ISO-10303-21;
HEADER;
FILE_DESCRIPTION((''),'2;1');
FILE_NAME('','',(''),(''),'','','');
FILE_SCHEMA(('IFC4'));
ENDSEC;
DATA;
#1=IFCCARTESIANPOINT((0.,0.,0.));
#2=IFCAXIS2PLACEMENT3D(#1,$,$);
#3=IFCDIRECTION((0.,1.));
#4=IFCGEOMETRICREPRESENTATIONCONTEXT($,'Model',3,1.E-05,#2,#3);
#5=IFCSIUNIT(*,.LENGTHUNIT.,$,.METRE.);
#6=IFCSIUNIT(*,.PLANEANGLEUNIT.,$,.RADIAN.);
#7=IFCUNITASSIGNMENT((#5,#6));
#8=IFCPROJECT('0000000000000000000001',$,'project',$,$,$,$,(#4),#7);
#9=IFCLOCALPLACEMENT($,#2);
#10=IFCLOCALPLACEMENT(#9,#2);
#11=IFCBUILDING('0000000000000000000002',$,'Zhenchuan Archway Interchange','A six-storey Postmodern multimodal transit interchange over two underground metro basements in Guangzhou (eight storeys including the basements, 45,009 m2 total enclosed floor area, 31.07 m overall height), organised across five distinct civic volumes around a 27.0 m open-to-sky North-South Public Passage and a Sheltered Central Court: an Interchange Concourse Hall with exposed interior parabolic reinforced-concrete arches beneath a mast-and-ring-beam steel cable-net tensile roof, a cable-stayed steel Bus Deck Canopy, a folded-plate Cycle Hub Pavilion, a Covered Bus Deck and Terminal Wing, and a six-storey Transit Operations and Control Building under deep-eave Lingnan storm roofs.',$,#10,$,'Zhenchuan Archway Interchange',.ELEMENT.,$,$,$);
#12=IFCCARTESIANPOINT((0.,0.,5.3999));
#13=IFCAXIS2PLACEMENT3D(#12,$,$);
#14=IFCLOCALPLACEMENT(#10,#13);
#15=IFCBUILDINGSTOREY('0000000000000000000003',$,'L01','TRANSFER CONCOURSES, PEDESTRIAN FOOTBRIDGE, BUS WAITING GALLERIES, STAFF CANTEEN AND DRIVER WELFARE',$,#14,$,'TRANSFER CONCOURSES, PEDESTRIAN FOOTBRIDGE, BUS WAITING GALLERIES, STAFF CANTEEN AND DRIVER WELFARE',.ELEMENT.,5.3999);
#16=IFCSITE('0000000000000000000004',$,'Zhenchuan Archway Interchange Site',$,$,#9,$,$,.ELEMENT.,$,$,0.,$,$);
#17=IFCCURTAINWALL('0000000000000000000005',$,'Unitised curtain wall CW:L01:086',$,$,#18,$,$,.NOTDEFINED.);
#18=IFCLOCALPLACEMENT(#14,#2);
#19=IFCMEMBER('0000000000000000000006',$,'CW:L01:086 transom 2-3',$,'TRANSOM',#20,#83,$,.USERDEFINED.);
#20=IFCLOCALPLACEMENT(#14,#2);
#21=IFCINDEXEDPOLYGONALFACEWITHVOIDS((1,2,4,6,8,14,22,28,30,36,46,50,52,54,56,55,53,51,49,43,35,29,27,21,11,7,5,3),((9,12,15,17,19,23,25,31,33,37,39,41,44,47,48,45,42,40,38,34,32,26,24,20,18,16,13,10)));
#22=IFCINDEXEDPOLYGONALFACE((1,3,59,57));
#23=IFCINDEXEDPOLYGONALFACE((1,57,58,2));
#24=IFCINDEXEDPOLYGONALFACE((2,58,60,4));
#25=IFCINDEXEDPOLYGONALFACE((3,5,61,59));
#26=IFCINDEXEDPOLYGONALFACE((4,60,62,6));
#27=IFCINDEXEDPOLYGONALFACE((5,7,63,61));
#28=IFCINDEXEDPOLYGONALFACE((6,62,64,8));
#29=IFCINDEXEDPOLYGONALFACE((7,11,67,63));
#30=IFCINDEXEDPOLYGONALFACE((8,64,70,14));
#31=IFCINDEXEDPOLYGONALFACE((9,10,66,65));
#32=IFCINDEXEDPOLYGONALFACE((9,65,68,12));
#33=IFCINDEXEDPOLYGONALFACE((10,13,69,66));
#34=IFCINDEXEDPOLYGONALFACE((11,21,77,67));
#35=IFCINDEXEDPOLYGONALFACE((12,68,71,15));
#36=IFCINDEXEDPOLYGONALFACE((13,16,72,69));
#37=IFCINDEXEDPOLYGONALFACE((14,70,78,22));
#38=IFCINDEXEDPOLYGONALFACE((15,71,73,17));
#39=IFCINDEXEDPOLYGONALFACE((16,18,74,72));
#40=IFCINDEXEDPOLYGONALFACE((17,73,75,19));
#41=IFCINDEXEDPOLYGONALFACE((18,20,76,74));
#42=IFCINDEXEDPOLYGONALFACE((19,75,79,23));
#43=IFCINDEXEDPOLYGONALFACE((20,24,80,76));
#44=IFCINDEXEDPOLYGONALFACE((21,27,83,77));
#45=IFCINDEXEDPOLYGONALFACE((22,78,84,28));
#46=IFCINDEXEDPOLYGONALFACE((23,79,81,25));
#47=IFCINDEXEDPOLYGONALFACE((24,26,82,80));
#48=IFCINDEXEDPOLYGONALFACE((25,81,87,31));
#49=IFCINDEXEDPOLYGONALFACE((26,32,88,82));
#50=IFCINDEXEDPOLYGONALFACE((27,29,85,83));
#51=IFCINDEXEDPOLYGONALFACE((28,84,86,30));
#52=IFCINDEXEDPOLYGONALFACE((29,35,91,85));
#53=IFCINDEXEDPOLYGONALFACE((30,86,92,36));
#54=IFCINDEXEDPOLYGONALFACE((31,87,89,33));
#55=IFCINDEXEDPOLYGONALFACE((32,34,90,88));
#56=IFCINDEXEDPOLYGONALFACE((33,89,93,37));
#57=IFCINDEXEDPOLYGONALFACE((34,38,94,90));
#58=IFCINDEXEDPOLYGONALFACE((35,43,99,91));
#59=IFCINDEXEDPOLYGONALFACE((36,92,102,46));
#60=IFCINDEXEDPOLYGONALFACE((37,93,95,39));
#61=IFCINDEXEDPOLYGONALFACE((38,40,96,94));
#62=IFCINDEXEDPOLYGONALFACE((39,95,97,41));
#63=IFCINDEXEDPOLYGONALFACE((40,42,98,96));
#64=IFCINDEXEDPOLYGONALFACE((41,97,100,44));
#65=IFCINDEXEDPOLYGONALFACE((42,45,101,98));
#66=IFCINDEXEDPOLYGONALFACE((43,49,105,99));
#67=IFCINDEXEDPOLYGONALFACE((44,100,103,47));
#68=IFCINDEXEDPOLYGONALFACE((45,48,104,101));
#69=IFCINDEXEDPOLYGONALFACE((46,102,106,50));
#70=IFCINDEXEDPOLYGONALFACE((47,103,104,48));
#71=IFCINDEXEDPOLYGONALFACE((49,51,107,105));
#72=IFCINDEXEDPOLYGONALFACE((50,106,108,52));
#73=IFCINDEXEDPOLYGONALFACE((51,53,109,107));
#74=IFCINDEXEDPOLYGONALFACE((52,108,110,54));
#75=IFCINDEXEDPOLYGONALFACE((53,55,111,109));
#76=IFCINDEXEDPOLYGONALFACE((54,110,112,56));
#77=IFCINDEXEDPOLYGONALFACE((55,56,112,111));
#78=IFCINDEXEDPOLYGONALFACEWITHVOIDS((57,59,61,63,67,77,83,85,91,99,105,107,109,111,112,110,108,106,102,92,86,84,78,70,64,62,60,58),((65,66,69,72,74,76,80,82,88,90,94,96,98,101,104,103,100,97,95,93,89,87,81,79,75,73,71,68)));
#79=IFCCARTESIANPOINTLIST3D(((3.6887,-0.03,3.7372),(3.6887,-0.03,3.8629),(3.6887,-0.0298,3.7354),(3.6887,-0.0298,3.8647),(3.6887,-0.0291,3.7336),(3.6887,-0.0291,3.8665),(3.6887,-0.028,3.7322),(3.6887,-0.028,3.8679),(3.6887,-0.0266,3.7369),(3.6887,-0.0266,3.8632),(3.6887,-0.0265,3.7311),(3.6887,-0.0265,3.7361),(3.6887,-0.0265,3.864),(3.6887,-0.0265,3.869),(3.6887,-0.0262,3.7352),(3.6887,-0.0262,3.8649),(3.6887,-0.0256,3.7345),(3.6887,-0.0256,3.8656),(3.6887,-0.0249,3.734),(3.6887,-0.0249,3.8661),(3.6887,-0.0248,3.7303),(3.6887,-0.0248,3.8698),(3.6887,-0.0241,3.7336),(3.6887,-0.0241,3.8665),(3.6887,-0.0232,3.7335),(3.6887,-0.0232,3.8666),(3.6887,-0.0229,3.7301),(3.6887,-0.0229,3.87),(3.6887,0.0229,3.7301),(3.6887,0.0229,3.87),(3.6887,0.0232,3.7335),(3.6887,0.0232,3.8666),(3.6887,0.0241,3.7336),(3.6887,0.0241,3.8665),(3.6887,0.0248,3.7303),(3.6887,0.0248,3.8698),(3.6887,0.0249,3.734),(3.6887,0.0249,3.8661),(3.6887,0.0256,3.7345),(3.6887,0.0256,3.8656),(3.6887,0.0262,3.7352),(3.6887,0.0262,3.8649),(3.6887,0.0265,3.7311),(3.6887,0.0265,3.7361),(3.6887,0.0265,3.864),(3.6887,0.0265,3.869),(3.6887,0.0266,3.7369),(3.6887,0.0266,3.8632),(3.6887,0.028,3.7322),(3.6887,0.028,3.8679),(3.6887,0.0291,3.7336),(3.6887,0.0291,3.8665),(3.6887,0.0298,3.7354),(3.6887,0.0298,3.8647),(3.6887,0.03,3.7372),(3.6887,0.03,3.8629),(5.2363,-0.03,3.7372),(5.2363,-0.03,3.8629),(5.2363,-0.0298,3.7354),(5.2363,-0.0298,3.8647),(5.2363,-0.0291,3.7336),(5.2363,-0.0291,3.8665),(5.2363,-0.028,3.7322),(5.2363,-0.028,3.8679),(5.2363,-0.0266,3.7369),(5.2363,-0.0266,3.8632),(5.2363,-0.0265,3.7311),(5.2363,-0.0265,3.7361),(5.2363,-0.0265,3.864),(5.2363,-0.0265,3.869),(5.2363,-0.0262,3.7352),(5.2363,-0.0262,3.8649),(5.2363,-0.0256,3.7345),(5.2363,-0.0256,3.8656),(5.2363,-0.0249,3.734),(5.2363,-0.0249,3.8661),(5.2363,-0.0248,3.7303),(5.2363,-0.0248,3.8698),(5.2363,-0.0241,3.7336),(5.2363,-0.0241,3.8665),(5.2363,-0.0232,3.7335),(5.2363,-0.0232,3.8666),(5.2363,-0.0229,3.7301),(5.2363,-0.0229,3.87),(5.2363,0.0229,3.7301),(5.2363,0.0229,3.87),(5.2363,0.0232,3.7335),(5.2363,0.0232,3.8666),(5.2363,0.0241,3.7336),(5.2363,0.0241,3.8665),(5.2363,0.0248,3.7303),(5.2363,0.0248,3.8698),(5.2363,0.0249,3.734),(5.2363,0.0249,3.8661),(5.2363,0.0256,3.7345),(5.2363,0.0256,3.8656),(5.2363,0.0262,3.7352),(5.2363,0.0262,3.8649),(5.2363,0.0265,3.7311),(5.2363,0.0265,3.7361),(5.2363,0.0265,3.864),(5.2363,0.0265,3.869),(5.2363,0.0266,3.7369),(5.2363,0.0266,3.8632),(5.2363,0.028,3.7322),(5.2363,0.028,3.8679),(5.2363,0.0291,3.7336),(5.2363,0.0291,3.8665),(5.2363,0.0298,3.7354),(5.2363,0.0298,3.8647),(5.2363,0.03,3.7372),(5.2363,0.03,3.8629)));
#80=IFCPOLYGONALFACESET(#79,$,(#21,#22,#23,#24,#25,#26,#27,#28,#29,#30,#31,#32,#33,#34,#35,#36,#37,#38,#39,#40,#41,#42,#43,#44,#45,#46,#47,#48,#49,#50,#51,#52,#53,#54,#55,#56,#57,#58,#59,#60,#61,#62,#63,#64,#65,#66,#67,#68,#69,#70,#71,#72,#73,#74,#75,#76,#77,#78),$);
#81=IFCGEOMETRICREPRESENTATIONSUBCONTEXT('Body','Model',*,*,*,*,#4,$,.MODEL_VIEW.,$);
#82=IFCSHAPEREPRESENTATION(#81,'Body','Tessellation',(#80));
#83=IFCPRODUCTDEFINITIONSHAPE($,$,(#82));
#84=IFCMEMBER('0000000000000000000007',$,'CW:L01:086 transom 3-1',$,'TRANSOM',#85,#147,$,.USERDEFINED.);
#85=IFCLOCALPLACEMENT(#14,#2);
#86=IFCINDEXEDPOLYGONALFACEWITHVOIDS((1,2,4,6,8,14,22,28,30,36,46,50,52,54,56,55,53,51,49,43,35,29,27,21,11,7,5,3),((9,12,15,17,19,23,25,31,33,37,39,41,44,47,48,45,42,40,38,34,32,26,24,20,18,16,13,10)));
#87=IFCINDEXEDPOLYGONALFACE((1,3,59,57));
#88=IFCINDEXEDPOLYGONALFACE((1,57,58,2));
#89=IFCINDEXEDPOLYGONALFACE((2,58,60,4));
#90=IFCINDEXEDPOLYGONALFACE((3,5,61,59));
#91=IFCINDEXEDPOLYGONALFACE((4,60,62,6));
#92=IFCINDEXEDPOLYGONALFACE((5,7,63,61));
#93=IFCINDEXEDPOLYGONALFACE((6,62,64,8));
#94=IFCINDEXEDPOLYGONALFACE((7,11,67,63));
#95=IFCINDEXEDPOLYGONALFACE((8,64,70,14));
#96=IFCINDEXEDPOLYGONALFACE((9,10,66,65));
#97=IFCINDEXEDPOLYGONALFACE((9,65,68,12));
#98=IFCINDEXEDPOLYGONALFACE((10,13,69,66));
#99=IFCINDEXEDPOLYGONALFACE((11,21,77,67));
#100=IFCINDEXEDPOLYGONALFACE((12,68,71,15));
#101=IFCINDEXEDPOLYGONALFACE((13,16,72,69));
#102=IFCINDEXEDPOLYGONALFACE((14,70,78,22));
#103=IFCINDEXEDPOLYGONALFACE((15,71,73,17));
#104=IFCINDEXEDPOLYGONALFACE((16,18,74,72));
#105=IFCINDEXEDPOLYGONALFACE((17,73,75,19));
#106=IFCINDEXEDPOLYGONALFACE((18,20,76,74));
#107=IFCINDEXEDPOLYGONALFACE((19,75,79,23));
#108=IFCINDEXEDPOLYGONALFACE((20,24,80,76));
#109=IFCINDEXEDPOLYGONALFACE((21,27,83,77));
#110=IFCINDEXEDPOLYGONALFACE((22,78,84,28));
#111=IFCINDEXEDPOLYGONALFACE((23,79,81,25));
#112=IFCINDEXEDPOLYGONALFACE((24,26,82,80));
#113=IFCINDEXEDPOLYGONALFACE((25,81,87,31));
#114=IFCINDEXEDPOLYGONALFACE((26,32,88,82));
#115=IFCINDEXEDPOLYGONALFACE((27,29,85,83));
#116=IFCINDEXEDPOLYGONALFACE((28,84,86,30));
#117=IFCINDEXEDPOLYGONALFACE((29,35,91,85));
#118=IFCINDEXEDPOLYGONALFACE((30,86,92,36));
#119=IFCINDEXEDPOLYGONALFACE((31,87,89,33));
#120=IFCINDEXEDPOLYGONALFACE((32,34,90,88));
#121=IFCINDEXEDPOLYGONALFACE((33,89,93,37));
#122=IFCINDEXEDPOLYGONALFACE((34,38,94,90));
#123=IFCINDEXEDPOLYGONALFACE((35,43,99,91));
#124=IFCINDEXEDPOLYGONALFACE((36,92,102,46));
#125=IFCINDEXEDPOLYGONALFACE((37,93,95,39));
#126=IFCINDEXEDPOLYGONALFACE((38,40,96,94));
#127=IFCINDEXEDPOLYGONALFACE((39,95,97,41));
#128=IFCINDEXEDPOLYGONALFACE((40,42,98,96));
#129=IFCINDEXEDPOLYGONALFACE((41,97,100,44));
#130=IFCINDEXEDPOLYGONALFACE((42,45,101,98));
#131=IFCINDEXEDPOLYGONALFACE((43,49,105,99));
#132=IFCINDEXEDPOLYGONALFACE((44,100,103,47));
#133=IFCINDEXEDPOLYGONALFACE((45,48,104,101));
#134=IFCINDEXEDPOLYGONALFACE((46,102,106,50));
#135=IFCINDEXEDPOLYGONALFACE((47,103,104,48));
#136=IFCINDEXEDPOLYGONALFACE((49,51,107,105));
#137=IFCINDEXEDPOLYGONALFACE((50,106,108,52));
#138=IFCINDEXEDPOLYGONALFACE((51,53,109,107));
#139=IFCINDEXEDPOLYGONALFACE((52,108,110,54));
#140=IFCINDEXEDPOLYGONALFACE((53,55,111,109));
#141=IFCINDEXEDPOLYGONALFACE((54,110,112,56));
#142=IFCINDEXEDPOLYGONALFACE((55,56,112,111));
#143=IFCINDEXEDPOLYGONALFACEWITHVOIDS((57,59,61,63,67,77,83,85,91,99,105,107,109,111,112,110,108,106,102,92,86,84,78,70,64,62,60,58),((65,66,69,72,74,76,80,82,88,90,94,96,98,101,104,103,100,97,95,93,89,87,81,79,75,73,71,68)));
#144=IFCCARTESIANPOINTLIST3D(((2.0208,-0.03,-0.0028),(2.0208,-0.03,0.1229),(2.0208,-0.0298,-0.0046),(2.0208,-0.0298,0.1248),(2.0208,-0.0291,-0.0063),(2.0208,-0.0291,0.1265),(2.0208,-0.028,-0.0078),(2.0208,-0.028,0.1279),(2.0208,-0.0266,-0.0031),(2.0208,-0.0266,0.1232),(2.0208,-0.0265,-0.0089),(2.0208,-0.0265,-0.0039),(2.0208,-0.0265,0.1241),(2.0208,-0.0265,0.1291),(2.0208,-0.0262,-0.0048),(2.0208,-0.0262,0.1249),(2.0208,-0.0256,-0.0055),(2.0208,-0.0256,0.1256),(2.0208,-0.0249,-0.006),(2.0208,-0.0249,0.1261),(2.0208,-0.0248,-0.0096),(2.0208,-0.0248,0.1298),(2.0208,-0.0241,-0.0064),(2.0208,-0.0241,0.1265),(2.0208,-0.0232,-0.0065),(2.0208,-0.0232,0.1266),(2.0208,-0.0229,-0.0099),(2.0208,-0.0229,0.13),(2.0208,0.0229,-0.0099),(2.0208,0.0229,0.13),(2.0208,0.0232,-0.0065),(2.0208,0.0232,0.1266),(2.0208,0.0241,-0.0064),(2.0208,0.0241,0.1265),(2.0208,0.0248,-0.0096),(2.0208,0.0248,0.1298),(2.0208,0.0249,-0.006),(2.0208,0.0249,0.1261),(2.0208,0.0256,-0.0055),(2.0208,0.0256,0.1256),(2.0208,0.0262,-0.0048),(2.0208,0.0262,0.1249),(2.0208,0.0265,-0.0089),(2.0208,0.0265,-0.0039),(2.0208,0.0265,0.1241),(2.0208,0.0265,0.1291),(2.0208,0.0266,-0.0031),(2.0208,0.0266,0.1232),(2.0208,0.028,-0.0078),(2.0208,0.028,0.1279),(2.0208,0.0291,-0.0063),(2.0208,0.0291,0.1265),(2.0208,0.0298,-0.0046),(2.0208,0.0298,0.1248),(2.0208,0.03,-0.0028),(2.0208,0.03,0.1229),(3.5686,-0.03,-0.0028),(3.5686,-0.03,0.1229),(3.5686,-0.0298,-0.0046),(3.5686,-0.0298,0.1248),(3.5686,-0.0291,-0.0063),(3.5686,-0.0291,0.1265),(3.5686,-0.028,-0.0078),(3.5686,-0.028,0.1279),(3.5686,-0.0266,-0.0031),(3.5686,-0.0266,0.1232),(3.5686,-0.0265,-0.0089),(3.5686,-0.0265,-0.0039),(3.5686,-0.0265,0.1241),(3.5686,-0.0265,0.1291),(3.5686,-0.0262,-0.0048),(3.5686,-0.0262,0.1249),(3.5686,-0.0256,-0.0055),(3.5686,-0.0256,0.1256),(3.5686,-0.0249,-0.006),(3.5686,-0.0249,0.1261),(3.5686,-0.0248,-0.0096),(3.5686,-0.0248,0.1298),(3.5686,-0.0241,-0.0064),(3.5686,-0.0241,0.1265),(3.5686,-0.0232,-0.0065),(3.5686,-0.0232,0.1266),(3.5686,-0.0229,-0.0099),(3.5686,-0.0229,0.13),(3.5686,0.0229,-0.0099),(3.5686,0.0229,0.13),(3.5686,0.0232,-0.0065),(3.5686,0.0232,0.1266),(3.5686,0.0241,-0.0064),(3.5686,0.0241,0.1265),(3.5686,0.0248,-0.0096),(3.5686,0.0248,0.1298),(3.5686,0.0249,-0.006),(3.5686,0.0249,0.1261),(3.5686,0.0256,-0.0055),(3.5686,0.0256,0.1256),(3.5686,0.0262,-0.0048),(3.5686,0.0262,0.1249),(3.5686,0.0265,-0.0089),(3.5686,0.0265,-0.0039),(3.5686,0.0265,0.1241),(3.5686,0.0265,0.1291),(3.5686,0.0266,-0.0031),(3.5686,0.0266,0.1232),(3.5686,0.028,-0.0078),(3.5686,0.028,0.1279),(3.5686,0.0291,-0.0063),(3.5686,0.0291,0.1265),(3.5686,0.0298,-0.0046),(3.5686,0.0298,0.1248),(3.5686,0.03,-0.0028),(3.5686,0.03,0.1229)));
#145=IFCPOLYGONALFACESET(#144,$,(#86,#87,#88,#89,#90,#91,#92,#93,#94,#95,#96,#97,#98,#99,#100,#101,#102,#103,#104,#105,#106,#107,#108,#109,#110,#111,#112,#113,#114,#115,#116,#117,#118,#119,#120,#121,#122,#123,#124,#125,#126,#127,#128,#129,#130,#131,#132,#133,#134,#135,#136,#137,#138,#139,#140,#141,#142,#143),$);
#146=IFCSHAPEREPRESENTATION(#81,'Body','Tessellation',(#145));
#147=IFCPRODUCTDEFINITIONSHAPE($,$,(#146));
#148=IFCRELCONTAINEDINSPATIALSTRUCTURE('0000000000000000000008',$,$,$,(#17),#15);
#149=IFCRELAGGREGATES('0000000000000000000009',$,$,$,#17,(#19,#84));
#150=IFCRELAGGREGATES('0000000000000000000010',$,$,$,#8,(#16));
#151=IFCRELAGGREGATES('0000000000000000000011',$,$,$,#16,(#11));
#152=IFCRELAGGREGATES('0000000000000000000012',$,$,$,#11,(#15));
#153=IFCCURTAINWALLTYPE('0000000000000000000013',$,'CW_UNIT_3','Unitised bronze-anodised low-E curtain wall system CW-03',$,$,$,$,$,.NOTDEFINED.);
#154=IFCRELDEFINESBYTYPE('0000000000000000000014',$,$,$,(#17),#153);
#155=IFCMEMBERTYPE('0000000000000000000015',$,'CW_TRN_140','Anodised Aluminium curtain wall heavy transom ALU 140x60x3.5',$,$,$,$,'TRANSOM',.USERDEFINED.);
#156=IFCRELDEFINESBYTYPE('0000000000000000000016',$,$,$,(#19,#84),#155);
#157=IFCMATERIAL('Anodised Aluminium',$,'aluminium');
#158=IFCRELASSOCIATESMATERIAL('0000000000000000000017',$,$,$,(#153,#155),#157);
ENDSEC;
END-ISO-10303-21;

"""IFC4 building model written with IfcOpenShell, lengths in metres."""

from ifc_helpers import new_model, si_unit, direction, frame, origin, origin_2d, place, context, subcontext, project, spatial, hollow_rectangle, extrude, material, material_profile, profile_set, type_object, element, aggregate, save


model = new_model("IFC4")

# Units and contexts
model_context = context("Model", 3, precision=1e-05, world=origin(), true_north=direction((0.0, 1.0)))
body_context = subcontext(model_context, "Body", "Model", "MODEL_VIEW")
ifc_project = project(units=[si_unit("LENGTHUNIT", "METRE"), si_unit("PLANEANGLEUNIT", "RADIAN")], contexts=[model_context])

# Site, building, storey
site_placement = place(None, origin())
site = spatial("IfcSite", under=ifc_project, at=site_placement, Name="Zhenchuan Archway Interchange Site", CompositionType="ELEMENT", RefElevation=0.0)
building_placement = place(site_placement, origin())
building = spatial("IfcBuilding", under=site, at=building_placement, Name="Zhenchuan Archway Interchange", Description="A six-storey Postmodern multimodal transit interchange over two underground metro basements in Guangzhou (eight storeys including the basements, 45,009 m2 total enclosed floor area, 31.07 m overall height), organised across five distinct civic volumes around a 27.0 m open-to-sky North-South Public Passage and a Sheltered Central Court: an Interchange Concourse Hall with exposed interior parabolic reinforced-concrete arches beneath a mast-and-ring-beam steel cable-net tensile roof, a cable-stayed steel Bus Deck Canopy, a folded-plate Cycle Hub Pavilion, a Covered Bus Deck and Terminal Wing, and a six-storey Transit Operations and Control Building under deep-eave Lingnan storm roofs.", LongName="Zhenchuan Archway Interchange", CompositionType="ELEMENT")
storey_placement = place(building_placement, frame((0.0, 0.0, 5.3999)))
storey = spatial("IfcBuildingStorey", under=building, at=storey_placement, Name="L01", Description="TRANSFER CONCOURSES, PEDESTRIAN FOOTBRIDGE, BUS WAITING GALLERIES, STAFF CANTEEN AND DRIVER WELFARE", LongName="TRANSFER CONCOURSES, PEDESTRIAN FOOTBRIDGE, BUS WAITING GALLERIES, STAFF CANTEEN AND DRIVER WELFARE", CompositionType="ELEMENT", Elevation=5.3999)

# Curtain wall, members
ifc_material_1 = material(Name="Anodised Aluminium", Category="aluminium")
curtain_wall_type = type_object("IfcCurtainWallType", Name="CW_UNIT_3", Description="Unitised bronze-anodised low-E curtain wall system CW-03", PredefinedType="NOTDEFINED", material=ifc_material_1)
curtain_wall_placement = place(storey_placement, origin())
curtain_wall = element("IfcCurtainWall", 1, at=curtain_wall_placement, inside=storey, type_object=curtain_wall_type, Name="Unitised curtain wall CW:L01:086", PredefinedType="NOTDEFINED")
ifc_material_profile_1 = material_profile(ifc_material_1, hollow_rectangle(XDim=0.0601, YDim=0.1399, WallThickness=0.0034, InnerFilletRadius=0.0034, OuterFilletRadius=0.0071, at=origin_2d()), Name="ALU 140x60x3.5")
ifc_profile_set_1 = profile_set([ifc_material_profile_1], Name="Anodised Aluminium")
member_type_1 = type_object("IfcMemberType", Name="CW_TRN_140", Description="Anodised Aluminium curtain wall heavy transom ALU 140x60x3.5", ElementType="TRANSOM", PredefinedType="USERDEFINED", material=ifc_profile_set_1)
member_1_placement = place(storey_placement, frame((5.2363, 0.0, 3.8), z_axis=(-1.0, 0.0, 0.0), x_axis=(0.0, -1.0, 0.0)))
member_1 = element("IfcMember", 2, at=member_1_placement, type_object=member_type_1, Name="CW:L01:086 transom 2-3", ObjectType="TRANSOM", PredefinedType="USERDEFINED", context=body_context, shape_type="SweptSolid", body=[
    extrude(hollow_rectangle(XDim=0.0601, YDim=0.1399, WallThickness=0.0034, InnerFilletRadius=0.0034, OuterFilletRadius=0.0071, at=origin_2d()), origin(), (0.0, 0.0, 1.0), 1.5476),
])
member_2_placement = place(storey_placement, frame((3.5686, 0.0, 0.0601), z_axis=(-1.0, 0.0, 0.0), x_axis=(0.0, -1.0, 0.0)))
member_2 = element("IfcMember", 3, at=member_2_placement, type_object=member_type_1, Name="CW:L01:086 transom 3-1", ObjectType="TRANSOM", PredefinedType="USERDEFINED", context=body_context, shape_type="SweptSolid", body=[
    extrude(hollow_rectangle(XDim=0.0601, YDim=0.1399, WallThickness=0.0034, InnerFilletRadius=0.0034, OuterFilletRadius=0.0071, at=origin_2d()), origin(), (0.0, 0.0, 1.0), 1.5479),
])

aggregate(curtain_wall, [member_1, member_2])

save(model, "model.ifc")
